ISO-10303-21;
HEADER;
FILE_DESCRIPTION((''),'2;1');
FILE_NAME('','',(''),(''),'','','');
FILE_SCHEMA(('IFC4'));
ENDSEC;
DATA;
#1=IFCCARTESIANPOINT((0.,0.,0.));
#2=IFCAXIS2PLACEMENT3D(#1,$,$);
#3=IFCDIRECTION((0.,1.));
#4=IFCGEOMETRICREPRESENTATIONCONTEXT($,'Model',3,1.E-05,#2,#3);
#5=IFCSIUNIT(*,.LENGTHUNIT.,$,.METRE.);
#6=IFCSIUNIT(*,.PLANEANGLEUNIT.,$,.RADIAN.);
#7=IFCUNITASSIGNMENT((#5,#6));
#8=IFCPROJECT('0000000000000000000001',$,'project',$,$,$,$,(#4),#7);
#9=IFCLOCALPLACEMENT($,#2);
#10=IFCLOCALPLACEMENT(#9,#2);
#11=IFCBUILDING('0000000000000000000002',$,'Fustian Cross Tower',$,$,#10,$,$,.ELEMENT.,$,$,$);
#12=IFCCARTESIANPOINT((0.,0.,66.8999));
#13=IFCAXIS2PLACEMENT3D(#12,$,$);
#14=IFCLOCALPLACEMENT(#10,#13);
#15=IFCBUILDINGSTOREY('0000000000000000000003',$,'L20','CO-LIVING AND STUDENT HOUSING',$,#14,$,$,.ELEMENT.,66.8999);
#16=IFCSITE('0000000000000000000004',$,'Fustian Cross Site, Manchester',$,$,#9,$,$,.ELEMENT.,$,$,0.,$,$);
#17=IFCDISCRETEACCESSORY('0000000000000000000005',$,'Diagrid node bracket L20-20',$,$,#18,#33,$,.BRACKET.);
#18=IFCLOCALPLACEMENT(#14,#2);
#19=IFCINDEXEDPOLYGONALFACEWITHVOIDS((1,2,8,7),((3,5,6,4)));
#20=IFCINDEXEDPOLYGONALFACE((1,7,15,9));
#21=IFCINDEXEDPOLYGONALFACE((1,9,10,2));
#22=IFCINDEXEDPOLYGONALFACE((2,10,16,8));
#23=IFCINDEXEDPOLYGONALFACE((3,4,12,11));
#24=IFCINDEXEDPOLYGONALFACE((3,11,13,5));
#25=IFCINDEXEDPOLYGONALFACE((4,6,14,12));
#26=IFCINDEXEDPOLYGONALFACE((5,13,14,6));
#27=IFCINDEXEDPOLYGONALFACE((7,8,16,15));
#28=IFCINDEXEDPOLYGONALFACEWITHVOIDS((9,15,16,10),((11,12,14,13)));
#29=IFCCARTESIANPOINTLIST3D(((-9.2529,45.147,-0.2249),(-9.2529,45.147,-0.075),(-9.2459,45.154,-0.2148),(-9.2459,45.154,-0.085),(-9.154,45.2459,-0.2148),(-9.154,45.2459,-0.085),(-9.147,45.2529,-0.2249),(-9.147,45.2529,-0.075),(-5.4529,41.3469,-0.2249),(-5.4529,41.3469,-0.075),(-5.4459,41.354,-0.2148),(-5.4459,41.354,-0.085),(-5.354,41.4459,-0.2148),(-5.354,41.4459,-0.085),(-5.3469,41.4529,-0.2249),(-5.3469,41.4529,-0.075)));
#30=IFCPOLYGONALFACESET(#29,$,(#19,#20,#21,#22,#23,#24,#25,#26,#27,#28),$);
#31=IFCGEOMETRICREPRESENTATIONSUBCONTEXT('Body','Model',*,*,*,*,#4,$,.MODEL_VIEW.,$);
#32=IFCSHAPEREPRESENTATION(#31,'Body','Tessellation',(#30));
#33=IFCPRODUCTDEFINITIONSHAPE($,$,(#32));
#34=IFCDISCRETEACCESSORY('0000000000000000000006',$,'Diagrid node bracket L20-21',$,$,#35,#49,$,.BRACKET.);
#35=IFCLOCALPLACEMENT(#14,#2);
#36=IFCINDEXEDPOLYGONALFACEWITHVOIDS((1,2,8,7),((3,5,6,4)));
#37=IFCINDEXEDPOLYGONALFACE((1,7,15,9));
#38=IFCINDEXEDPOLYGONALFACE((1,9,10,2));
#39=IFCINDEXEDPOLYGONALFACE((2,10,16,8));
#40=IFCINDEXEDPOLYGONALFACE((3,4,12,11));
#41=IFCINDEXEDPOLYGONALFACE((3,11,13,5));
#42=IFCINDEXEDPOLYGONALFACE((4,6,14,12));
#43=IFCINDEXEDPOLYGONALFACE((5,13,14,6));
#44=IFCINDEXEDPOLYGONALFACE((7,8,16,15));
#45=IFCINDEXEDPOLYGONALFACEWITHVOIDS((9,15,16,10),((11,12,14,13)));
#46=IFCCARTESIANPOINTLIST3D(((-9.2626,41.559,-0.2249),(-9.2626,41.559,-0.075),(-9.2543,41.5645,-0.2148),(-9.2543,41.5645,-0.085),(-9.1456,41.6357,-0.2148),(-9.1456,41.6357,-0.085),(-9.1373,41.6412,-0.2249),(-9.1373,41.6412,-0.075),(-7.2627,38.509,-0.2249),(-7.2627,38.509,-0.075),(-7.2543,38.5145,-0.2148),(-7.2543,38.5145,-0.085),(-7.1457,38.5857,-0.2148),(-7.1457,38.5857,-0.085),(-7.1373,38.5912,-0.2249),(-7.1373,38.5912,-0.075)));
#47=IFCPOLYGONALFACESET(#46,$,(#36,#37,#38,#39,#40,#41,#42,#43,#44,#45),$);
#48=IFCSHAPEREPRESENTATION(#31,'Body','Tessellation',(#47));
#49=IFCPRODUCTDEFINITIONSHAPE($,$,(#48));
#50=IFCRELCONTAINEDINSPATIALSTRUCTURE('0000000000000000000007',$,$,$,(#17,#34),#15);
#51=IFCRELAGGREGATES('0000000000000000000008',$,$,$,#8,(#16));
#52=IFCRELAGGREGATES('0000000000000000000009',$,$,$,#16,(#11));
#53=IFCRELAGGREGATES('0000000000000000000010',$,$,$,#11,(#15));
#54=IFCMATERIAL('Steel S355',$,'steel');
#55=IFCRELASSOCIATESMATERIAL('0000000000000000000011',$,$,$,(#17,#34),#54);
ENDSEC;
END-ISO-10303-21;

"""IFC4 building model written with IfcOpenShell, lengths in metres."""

from ifc_helpers import new_model, si_unit, direction, frame, origin, origin_2d, place, context, subcontext, project, spatial, hollow_rectangle, extrude, material, element, save


model = new_model("IFC4")

# Units and contexts
model_context = context("Model", 3, precision=1e-05, world=origin(), true_north=direction((0.0, 1.0)))
body_context = subcontext(model_context, "Body", "Model", "MODEL_VIEW")
ifc_project = project(units=[si_unit("LENGTHUNIT", "METRE"), si_unit("PLANEANGLEUNIT", "RADIAN")], contexts=[model_context])

# Site, building, storey
site_placement = place(None, origin())
site = spatial("IfcSite", under=ifc_project, at=site_placement, Name="Fustian Cross Site, Manchester", CompositionType="ELEMENT", RefElevation=0.0)
building_placement = place(site_placement, origin())
building = spatial("IfcBuilding", under=site, at=building_placement, Name="Fustian Cross Tower", CompositionType="ELEMENT")
storey_placement = place(building_placement, frame((0.0, 0.0, 66.8999)))
storey = spatial("IfcBuildingStorey", under=building, at=storey_placement, Name="L20", Description="CO-LIVING AND STUDENT HOUSING", CompositionType="ELEMENT", Elevation=66.8999)

# Discrete accessories
ifc_material_1 = material(Name="Steel S355", Category="steel")
discrete_accessory_1_placement = place(storey_placement, frame((-9.2, 45.2, -0.1499), z_axis=(0.707107, -0.707107, 0.0), x_axis=(0.707107, 0.707107, 0.0)))
element("IfcDiscreteAccessory", 1, at=discrete_accessory_1_placement, inside=storey, material=ifc_material_1, Name="Diagrid node bracket L20-20", PredefinedType="BRACKET", context=body_context, shape_type="SweptSolid", body=[
    extrude(hollow_rectangle(XDim=0.1499, YDim=0.1499, WallThickness=0.01, at=origin_2d()), origin(), (0.0, 0.0, 1.0), 5.374),
])
discrete_accessory_2_placement = place(storey_placement, frame((-9.2, 41.6001, -0.1499), z_axis=(0.548351, -0.836248, 0.0), x_axis=(0.836248, 0.548351, 0.0)))
element("IfcDiscreteAccessory", 2, at=discrete_accessory_2_placement, inside=storey, material=ifc_material_1, Name="Diagrid node bracket L20-21", PredefinedType="BRACKET", context=body_context, shape_type="SweptSolid", body=[
    extrude(hollow_rectangle(XDim=0.1499, YDim=0.1499, WallThickness=0.01, at=origin_2d()), origin(), (0.0, 0.0, 1.0), 3.6472),
])

save(model, "model.ifc")
